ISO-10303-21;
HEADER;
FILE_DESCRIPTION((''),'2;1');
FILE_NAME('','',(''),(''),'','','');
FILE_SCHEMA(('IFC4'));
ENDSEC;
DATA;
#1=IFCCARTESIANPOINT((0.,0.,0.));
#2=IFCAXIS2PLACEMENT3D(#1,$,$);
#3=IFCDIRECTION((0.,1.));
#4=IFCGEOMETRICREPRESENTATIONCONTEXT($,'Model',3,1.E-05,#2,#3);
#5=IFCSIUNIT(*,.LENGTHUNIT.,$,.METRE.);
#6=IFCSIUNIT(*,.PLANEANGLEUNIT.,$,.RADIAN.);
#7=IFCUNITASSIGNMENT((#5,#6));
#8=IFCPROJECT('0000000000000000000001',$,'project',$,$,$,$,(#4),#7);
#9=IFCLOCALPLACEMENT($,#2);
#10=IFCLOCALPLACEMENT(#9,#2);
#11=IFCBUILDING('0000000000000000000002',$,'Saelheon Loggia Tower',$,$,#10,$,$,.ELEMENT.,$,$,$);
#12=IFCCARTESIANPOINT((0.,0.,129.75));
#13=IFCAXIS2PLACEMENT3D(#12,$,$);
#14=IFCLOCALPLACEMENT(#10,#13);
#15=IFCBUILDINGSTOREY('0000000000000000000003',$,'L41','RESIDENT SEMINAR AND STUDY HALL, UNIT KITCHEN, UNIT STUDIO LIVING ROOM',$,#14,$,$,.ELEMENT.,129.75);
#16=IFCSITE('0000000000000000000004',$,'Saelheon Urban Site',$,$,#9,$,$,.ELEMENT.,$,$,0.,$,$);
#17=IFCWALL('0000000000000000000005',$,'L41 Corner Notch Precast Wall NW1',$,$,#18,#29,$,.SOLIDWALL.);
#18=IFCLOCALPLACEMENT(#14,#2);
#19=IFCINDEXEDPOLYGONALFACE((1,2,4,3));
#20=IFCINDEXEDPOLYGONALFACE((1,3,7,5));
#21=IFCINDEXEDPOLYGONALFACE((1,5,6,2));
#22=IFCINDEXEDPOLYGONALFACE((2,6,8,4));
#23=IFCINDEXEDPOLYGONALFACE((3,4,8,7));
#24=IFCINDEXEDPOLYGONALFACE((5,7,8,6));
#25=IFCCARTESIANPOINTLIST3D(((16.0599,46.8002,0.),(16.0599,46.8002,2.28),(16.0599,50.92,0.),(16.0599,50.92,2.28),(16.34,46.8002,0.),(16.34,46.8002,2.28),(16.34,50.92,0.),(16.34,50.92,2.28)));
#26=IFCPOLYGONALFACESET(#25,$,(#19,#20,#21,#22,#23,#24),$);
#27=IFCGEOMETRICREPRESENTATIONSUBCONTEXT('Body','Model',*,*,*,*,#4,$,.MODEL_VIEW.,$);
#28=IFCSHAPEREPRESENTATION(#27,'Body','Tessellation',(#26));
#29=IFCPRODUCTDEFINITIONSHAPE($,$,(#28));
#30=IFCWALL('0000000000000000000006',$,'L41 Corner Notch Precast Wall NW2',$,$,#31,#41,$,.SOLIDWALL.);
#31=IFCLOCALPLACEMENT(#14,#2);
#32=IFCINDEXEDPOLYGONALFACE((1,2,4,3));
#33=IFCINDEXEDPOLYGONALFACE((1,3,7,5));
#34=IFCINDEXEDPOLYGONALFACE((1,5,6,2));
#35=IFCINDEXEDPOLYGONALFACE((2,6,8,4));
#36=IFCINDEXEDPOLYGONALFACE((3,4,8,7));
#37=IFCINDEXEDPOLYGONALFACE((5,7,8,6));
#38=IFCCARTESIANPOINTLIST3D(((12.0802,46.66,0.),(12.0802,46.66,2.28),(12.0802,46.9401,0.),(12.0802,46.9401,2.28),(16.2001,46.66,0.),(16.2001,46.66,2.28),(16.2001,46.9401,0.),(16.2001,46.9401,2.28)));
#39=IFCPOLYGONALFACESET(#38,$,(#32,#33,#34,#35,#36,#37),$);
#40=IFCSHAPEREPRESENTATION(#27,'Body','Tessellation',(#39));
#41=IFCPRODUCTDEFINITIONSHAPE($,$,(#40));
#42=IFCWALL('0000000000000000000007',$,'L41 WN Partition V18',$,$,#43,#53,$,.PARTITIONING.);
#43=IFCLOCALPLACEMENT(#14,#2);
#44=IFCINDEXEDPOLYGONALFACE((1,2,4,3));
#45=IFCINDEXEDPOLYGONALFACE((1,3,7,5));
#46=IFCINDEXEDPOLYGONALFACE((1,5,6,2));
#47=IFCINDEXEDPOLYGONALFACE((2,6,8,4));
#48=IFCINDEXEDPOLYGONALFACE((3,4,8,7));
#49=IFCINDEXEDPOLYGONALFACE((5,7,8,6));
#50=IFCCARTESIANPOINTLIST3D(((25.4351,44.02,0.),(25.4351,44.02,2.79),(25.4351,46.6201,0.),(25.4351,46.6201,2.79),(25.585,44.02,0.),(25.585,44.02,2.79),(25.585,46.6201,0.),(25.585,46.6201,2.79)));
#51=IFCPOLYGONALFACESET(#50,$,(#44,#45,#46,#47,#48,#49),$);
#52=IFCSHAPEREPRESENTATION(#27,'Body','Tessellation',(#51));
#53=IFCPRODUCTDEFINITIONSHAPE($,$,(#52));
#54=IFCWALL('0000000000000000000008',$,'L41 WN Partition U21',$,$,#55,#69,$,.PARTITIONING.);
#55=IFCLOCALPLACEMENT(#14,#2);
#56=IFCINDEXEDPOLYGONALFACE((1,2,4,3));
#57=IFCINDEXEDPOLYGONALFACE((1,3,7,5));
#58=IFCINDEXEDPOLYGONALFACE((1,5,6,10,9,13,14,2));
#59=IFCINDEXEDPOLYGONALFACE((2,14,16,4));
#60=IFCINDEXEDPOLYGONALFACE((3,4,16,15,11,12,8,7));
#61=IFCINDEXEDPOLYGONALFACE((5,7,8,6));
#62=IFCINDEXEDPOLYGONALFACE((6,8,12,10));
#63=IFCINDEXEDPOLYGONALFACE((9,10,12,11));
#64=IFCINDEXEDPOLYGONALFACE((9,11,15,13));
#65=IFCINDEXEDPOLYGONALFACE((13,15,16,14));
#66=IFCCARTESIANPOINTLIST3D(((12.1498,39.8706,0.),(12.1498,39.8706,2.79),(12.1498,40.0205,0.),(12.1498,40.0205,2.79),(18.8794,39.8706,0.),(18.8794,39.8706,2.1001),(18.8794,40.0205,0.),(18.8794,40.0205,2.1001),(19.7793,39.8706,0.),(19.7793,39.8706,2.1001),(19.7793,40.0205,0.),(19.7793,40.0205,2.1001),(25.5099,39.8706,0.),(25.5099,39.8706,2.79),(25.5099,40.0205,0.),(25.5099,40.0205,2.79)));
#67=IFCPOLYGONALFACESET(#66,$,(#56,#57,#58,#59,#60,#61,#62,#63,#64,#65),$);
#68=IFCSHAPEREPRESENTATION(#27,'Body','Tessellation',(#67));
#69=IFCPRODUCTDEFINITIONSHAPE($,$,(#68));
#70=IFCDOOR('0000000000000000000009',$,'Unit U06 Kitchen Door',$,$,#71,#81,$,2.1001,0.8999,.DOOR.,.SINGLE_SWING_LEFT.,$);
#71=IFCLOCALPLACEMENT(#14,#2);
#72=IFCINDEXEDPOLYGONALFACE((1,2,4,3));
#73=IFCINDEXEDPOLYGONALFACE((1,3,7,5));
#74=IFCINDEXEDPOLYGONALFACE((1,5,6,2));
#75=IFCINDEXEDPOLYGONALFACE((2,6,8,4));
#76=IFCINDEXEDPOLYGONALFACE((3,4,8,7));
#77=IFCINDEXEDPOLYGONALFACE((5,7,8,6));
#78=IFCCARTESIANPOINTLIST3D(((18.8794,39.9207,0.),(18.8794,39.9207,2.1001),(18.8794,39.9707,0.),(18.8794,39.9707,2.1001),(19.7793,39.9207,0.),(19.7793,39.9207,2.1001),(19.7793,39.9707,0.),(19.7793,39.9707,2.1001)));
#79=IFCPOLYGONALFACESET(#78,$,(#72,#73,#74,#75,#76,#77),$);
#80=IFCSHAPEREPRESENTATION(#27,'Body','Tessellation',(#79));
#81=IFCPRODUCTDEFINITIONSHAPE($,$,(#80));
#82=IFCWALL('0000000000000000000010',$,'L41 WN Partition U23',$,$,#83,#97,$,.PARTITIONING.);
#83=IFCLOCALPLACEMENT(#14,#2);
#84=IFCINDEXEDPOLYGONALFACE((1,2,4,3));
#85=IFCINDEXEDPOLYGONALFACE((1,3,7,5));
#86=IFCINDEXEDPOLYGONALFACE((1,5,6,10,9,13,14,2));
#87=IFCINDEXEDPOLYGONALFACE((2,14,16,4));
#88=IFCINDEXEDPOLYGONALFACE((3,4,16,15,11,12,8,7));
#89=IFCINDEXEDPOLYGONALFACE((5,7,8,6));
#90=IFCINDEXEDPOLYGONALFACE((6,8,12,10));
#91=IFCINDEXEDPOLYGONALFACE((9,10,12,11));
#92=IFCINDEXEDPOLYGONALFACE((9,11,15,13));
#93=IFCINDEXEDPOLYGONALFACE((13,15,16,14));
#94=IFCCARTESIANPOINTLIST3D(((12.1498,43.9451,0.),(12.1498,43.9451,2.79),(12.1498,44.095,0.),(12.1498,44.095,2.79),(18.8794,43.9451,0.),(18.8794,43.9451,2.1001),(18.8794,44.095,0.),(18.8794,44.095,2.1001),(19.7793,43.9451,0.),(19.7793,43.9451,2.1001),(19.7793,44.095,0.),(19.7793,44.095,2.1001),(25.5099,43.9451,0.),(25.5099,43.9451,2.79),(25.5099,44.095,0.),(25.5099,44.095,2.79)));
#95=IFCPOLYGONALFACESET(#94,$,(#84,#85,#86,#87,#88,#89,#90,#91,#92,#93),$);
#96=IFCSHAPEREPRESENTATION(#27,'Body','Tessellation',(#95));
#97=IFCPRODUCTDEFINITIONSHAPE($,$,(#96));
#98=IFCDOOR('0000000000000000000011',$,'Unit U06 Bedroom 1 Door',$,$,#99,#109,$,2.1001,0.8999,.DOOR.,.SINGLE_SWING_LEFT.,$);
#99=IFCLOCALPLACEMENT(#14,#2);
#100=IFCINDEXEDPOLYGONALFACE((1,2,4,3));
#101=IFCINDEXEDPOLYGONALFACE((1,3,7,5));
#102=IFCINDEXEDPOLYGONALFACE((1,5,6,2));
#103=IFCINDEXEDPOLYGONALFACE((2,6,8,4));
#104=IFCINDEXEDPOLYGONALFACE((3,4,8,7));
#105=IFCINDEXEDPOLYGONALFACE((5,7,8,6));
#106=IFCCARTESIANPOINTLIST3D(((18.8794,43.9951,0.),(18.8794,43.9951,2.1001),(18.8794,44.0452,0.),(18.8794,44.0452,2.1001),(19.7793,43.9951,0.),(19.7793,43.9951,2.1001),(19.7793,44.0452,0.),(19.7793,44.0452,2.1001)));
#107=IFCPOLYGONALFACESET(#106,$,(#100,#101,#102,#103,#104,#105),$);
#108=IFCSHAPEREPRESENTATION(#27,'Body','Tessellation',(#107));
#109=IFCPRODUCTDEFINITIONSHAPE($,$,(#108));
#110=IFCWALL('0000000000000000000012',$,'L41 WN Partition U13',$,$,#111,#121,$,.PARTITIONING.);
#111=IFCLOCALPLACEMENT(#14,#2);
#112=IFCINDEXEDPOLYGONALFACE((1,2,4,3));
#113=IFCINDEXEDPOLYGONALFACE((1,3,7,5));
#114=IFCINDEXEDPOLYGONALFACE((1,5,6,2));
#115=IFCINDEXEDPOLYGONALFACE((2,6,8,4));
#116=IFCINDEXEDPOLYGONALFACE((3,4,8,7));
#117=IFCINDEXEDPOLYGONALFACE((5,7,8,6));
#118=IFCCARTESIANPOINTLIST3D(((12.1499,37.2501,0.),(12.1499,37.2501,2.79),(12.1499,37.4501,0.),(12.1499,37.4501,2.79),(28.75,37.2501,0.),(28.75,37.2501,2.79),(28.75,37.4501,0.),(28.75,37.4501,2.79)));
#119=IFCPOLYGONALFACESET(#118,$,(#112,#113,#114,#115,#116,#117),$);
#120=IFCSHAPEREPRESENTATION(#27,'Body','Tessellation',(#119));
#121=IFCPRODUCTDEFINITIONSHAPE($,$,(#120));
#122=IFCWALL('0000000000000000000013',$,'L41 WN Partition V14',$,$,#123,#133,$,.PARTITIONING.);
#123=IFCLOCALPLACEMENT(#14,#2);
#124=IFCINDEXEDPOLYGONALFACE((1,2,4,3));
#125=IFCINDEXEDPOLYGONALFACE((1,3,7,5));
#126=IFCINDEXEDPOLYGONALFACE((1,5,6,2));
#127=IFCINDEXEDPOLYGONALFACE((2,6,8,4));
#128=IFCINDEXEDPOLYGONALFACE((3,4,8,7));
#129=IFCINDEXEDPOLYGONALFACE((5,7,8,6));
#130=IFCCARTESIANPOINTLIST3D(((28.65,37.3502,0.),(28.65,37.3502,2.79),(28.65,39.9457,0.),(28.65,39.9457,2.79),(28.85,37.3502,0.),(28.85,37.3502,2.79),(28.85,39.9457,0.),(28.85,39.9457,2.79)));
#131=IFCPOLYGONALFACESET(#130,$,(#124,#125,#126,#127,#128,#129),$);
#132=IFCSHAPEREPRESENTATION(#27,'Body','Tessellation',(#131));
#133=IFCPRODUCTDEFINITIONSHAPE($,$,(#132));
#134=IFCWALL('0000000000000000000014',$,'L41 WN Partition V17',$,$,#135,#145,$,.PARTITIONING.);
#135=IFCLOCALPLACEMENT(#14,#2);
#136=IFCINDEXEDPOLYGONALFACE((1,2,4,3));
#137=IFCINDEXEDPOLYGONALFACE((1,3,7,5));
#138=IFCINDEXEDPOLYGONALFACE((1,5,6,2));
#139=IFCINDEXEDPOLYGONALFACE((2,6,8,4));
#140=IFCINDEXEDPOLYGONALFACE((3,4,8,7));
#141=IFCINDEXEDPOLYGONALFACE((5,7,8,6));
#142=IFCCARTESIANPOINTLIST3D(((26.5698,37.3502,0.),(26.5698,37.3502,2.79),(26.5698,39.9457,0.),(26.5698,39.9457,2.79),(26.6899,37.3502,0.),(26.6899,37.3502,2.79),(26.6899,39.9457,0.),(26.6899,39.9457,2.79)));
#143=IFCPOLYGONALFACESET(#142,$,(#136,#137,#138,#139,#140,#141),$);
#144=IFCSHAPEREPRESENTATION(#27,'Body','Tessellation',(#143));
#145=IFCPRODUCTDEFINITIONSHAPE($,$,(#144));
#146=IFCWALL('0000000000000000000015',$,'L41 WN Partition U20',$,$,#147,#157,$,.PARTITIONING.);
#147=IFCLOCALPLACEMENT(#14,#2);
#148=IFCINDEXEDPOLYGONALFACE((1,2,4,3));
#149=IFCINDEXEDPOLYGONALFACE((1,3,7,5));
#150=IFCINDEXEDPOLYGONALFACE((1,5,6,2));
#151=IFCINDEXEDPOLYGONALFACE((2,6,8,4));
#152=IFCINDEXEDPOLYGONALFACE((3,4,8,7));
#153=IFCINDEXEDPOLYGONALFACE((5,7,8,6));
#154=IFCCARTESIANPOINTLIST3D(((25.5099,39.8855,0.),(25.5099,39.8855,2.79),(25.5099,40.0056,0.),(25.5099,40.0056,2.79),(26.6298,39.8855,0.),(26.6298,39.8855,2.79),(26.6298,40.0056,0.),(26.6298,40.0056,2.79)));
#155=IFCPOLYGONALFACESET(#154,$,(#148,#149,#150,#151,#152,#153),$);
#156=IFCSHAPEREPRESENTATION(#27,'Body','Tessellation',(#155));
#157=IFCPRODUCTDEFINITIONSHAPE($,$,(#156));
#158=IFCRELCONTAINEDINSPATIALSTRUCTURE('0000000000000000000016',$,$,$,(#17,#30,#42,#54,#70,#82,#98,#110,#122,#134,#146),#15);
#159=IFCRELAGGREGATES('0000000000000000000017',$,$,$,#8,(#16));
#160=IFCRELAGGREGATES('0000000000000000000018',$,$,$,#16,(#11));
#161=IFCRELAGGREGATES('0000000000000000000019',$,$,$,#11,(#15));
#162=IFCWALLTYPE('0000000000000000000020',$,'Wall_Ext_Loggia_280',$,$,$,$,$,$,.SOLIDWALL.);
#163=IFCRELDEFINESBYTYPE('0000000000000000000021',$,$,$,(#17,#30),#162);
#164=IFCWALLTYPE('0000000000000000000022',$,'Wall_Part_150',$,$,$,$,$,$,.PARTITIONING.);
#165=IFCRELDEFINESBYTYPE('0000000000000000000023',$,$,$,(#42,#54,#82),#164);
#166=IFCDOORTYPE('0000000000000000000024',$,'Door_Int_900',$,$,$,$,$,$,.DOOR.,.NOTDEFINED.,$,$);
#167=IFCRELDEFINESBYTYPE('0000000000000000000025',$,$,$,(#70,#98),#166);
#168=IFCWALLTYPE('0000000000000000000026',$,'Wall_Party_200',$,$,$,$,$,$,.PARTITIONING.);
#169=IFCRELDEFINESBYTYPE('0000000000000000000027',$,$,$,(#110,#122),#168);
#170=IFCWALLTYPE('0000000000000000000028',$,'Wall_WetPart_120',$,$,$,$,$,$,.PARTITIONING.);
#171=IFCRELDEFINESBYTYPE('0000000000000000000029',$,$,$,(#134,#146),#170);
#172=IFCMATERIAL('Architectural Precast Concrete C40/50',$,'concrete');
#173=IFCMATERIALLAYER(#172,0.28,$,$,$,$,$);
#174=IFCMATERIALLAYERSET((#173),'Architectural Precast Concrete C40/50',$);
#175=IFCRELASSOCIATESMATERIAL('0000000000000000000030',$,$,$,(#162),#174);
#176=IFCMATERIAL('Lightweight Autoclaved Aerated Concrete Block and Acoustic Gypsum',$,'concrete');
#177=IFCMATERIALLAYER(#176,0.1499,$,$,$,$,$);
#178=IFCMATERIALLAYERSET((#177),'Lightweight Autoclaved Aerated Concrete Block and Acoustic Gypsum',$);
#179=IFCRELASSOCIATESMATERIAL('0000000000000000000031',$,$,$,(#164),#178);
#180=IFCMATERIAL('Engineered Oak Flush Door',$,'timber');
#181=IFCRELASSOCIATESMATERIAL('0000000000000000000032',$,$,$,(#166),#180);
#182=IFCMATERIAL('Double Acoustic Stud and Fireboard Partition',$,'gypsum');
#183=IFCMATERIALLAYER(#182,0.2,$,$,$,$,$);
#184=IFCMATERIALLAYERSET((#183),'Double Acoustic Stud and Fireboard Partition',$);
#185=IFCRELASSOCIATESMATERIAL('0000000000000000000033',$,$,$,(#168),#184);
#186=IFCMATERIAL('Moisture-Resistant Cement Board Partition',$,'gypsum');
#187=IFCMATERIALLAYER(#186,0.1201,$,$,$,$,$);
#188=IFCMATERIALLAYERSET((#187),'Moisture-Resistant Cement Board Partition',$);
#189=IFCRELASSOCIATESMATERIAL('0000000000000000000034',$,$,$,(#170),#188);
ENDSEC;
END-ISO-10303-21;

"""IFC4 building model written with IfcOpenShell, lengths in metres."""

from ifc_helpers import new_model, si_unit, direction, frame, frame_2d, origin, place, context, subcontext, project, spatial, rectangle, extrude, source, transform, mapped, material, layer, layer_set, type_object, element, fill, save


model = new_model("IFC4")

# Units and contexts
model_context = context("Model", 3, precision=1e-05, world=origin(), true_north=direction((0.0, 1.0)))
body_context = subcontext(model_context, "Body", "Model", "MODEL_VIEW")
ifc_project = project(units=[si_unit("LENGTHUNIT", "METRE"), si_unit("PLANEANGLEUNIT", "RADIAN")], contexts=[model_context])

# Site, building, storey
site_placement = place(None, origin())
site = spatial("IfcSite", under=ifc_project, at=site_placement, Name="Saelheon Urban Site", CompositionType="ELEMENT", RefElevation=0.0)
building_placement = place(site_placement, origin())
building = spatial("IfcBuilding", under=site, at=building_placement, Name="Saelheon Loggia Tower", CompositionType="ELEMENT")
storey_placement = place(building_placement, frame((0.0, 0.0, 129.75)))
storey = spatial("IfcBuildingStorey", under=building, at=storey_placement, Name="L41", Description="RESIDENT SEMINAR AND STUDY HALL, UNIT KITCHEN, UNIT STUDIO LIVING ROOM", CompositionType="ELEMENT", Elevation=129.75)

# Shared definitions
ifc_material_1 = material(Name="Architectural Precast Concrete C40/50", Category="concrete")
ifc_layer_1 = layer(ifc_material_1, 0.28)
ifc_layer_set_1 = layer_set([ifc_layer_1], Name="Architectural Precast Concrete C40/50")
wall_type_1 = type_object("IfcWallType", Name="Wall_Ext_Loggia_280", PredefinedType="SOLIDWALL", material=ifc_layer_set_1)

# Walls
for number, where, z_axis, x_axis, name in (
    (1, (16.2, 46.8, 0.0), (0.0, 0.0, 1.0), (0.0, 1.0, 0.0), "L41 Corner Notch Precast Wall NW1"),
    (2, (12.0801, 46.8, 0.0), (0.0, 0.0, 1.0), (1.0, 0.0, 0.0), "L41 Corner Notch Precast Wall NW2"),
):
    element("IfcWall", number, at=place(storey_placement, frame(where, z_axis=z_axis, x_axis=x_axis)), inside=storey, type_object=wall_type_1, Name=name, PredefinedType="SOLIDWALL", context=body_context, shape_type="SweptSolid", body=[
        extrude(rectangle(XDim=4.1199, YDim=0.28, at=frame_2d((2.0601, 0.0))), origin(), (0.0, 0.0, 1.0), 2.28),
    ])
ifc_material_2 = material(Name="Lightweight Autoclaved Aerated Concrete Block and Acoustic Gypsum", Category="concrete")
ifc_layer_2 = layer(ifc_material_2, 0.1499)
ifc_layer_set_2 = layer_set([ifc_layer_2], Name="Lightweight Autoclaved Aerated Concrete Block and Acoustic Gypsum")
wall_type_2 = type_object("IfcWallType", Name="Wall_Part_150", PredefinedType="PARTITIONING", material=ifc_layer_set_2)
wall_1_placement = place(storey_placement, frame((25.51, 44.02, 0.0), z_axis=(0.0, 0.0, 1.0), x_axis=(0.0, 1.0, 0.0)))
element("IfcWall", 3, at=wall_1_placement, inside=storey, type_object=wall_type_2, Name="L41 WN Partition V18", PredefinedType="PARTITIONING", context=body_context, shape_type="SweptSolid", body=[
    extrude(rectangle(XDim=2.6001, YDim=0.1499, at=frame_2d((1.3, 0.0))), origin(), (0.0, 0.0, 1.0), 2.79),
])

# Walls, openings, doors
wall_2_placement = place(storey_placement, frame((25.51, 39.9456, 0.0), z_axis=(0.0, 0.0, 1.0), x_axis=(-1.0, 0.0, 0.0)))
wall_2 = element("IfcWall", 4, at=wall_2_placement, inside=storey, type_object=wall_type_2, Name="L41 WN Partition U21", PredefinedType="PARTITIONING", context=body_context, shape_type="SweptSolid", body=[
    extrude(rectangle(XDim=13.3601, YDim=0.1499, at=frame_2d((6.6802, 0.0))), origin(), (0.0, 0.0, 1.0), 2.79),
])
opening_1_placement = place(wall_2_placement, frame((5.7307, 0.0, 0.0)))
opening_1 = element("IfcOpeningElement", 5, at=opening_1_placement, cuts=wall_2, PredefinedType="OPENING", context=body_context, shape_type="SweptSolid", body=[
    extrude(rectangle(XDim=0.8999, YDim=2.1001, at=frame_2d((0.45, 1.05))), frame((0.0, 0.0869, 0.0), z_axis=(0.0, -1.0, 0.0), x_axis=(1.0, 0.0, 0.0)), (0.0, 0.0, 1.0), 0.1738),
])
ifc_material_3 = material(Name="Engineered Oak Flush Door", Category="timber")
door_type_1 = type_object("IfcDoorType", Name="Door_Int_900", OperationType="NOTDEFINED", PredefinedType="DOOR", material=ifc_material_3)
shared_shape_1 = source(origin(), body_context, "Body", "SweptSolid", [
    extrude(rectangle(XDim=0.8999, YDim=2.1001, at=frame_2d((0.45, 1.05))), frame((0.0, 0.0249, 0.0), z_axis=(0.0, -1.0, 0.0), x_axis=(1.0, 0.0, 0.0)), (0.0, 0.0, 1.0), 0.05),
])
door_1_placement = place(opening_1_placement, origin())
door_1 = element("IfcDoor", 6, at=door_1_placement, inside=storey, type_object=door_type_1, Name="Unit U06 Kitchen Door", OperationType="SINGLE_SWING_LEFT", OverallHeight=2.1001, OverallWidth=0.8999, PredefinedType="DOOR", context=body_context, shape_type="MappedRepresentation", body=[
    mapped(shared_shape_1, transform((0.0, 0.0, 0.0), scale=1.0)),
])
fill(opening_1, door_1)
wall_3_placement = place(storey_placement, frame((25.51, 44.02, 0.0), z_axis=(0.0, 0.0, 1.0), x_axis=(-1.0, 0.0, 0.0)))
wall_3 = element("IfcWall", 7, at=wall_3_placement, inside=storey, type_object=wall_type_2, Name="L41 WN Partition U23", PredefinedType="PARTITIONING", context=body_context, shape_type="SweptSolid", body=[
    extrude(rectangle(XDim=13.3601, YDim=0.1499, at=frame_2d((6.6802, 0.0))), origin(), (0.0, 0.0, 1.0), 2.79),
])
opening_2_placement = place(wall_3_placement, frame((5.7307, 0.0, 0.0)))
opening_2 = element("IfcOpeningElement", 8, at=opening_2_placement, cuts=wall_3, PredefinedType="OPENING", context=body_context, shape_type="SweptSolid", body=[
    extrude(rectangle(XDim=0.8999, YDim=2.1001, at=frame_2d((0.45, 1.05))), frame((0.0, 0.0869, 0.0), z_axis=(0.0, -1.0, 0.0), x_axis=(1.0, 0.0, 0.0)), (0.0, 0.0, 1.0), 0.1738),
])
door_2_placement = place(opening_2_placement, origin())
door_2 = element("IfcDoor", 9, at=door_2_placement, inside=storey, type_object=door_type_1, Name="Unit U06 Bedroom 1 Door", OperationType="SINGLE_SWING_LEFT", OverallHeight=2.1001, OverallWidth=0.8999, PredefinedType="DOOR", context=body_context, shape_type="MappedRepresentation", body=[
    mapped(shared_shape_1, transform((0.0, 0.0, 0.0), scale=1.0)),
])
fill(opening_2, door_2)

# Walls
ifc_material_4 = material(Name="Double Acoustic Stud and Fireboard Partition", Category="gypsum")
ifc_layer_3 = layer(ifc_material_4, 0.2)
ifc_layer_set_3 = layer_set([ifc_layer_3], Name="Double Acoustic Stud and Fireboard Partition")
wall_type_3 = type_object("IfcWallType", Name="Wall_Party_200", PredefinedType="PARTITIONING", material=ifc_layer_set_3)
wall_4_placement = place(storey_placement, frame((28.75, 37.3501, 0.0), z_axis=(0.0, 0.0, 1.0), x_axis=(-1.0, 0.0, 0.0)))
element("IfcWall", 10, at=wall_4_placement, inside=storey, type_object=wall_type_3, Name="L41 WN Partition U13", PredefinedType="PARTITIONING", context=body_context, shape_type="SweptSolid", body=[
    extrude(rectangle(XDim=16.6001, YDim=0.2, at=frame_2d((8.3, 0.0))), origin(), (0.0, 0.0, 1.0), 2.79),
])
wall_5_placement = place(storey_placement, frame((28.75, 37.3501, 0.0), z_axis=(0.0, 0.0, 1.0), x_axis=(0.0, 1.0, 0.0)))
element("IfcWall", 11, at=wall_5_placement, inside=storey, type_object=wall_type_3, Name="L41 WN Partition V14", PredefinedType="PARTITIONING", context=body_context, shape_type="SweptSolid", body=[
    extrude(rectangle(XDim=2.5955, YDim=0.2, at=frame_2d((1.2979, 0.0))), origin(), (0.0, 0.0, 1.0), 2.79),
])
ifc_material_5 = material(Name="Moisture-Resistant Cement Board Partition", Category="gypsum")
ifc_layer_4 = layer(ifc_material_5, 0.1201)
ifc_layer_set_4 = layer_set([ifc_layer_4], Name="Moisture-Resistant Cement Board Partition")
wall_type_4 = type_object("IfcWallType", Name="Wall_WetPart_120", PredefinedType="PARTITIONING", material=ifc_layer_set_4)
wall_6_placement = place(storey_placement, frame((26.6299, 37.3501, 0.0), z_axis=(0.0, 0.0, 1.0), x_axis=(0.0, 1.0, 0.0)))
element("IfcWall", 12, at=wall_6_placement, inside=storey, type_object=wall_type_4, Name="L41 WN Partition V17", PredefinedType="PARTITIONING", context=body_context, shape_type="SweptSolid", body=[
    extrude(rectangle(XDim=2.5955, YDim=0.1201, at=frame_2d((1.2979, 0.0))), origin(), (0.0, 0.0, 1.0), 2.79),
])
wall_7_placement = place(storey_placement, frame((26.6299, 39.9456, 0.0), z_axis=(0.0, 0.0, 1.0), x_axis=(-1.0, 0.0, 0.0)))
element("IfcWall", 13, at=wall_7_placement, inside=storey, type_object=wall_type_4, Name="L41 WN Partition U20", PredefinedType="PARTITIONING", context=body_context, shape_type="SweptSolid", body=[
    extrude(rectangle(XDim=1.1199, YDim=0.1201, at=frame_2d((0.5601, 0.0))), origin(), (0.0, 0.0, 1.0), 2.79),
])

save(model, "model.ifc")
